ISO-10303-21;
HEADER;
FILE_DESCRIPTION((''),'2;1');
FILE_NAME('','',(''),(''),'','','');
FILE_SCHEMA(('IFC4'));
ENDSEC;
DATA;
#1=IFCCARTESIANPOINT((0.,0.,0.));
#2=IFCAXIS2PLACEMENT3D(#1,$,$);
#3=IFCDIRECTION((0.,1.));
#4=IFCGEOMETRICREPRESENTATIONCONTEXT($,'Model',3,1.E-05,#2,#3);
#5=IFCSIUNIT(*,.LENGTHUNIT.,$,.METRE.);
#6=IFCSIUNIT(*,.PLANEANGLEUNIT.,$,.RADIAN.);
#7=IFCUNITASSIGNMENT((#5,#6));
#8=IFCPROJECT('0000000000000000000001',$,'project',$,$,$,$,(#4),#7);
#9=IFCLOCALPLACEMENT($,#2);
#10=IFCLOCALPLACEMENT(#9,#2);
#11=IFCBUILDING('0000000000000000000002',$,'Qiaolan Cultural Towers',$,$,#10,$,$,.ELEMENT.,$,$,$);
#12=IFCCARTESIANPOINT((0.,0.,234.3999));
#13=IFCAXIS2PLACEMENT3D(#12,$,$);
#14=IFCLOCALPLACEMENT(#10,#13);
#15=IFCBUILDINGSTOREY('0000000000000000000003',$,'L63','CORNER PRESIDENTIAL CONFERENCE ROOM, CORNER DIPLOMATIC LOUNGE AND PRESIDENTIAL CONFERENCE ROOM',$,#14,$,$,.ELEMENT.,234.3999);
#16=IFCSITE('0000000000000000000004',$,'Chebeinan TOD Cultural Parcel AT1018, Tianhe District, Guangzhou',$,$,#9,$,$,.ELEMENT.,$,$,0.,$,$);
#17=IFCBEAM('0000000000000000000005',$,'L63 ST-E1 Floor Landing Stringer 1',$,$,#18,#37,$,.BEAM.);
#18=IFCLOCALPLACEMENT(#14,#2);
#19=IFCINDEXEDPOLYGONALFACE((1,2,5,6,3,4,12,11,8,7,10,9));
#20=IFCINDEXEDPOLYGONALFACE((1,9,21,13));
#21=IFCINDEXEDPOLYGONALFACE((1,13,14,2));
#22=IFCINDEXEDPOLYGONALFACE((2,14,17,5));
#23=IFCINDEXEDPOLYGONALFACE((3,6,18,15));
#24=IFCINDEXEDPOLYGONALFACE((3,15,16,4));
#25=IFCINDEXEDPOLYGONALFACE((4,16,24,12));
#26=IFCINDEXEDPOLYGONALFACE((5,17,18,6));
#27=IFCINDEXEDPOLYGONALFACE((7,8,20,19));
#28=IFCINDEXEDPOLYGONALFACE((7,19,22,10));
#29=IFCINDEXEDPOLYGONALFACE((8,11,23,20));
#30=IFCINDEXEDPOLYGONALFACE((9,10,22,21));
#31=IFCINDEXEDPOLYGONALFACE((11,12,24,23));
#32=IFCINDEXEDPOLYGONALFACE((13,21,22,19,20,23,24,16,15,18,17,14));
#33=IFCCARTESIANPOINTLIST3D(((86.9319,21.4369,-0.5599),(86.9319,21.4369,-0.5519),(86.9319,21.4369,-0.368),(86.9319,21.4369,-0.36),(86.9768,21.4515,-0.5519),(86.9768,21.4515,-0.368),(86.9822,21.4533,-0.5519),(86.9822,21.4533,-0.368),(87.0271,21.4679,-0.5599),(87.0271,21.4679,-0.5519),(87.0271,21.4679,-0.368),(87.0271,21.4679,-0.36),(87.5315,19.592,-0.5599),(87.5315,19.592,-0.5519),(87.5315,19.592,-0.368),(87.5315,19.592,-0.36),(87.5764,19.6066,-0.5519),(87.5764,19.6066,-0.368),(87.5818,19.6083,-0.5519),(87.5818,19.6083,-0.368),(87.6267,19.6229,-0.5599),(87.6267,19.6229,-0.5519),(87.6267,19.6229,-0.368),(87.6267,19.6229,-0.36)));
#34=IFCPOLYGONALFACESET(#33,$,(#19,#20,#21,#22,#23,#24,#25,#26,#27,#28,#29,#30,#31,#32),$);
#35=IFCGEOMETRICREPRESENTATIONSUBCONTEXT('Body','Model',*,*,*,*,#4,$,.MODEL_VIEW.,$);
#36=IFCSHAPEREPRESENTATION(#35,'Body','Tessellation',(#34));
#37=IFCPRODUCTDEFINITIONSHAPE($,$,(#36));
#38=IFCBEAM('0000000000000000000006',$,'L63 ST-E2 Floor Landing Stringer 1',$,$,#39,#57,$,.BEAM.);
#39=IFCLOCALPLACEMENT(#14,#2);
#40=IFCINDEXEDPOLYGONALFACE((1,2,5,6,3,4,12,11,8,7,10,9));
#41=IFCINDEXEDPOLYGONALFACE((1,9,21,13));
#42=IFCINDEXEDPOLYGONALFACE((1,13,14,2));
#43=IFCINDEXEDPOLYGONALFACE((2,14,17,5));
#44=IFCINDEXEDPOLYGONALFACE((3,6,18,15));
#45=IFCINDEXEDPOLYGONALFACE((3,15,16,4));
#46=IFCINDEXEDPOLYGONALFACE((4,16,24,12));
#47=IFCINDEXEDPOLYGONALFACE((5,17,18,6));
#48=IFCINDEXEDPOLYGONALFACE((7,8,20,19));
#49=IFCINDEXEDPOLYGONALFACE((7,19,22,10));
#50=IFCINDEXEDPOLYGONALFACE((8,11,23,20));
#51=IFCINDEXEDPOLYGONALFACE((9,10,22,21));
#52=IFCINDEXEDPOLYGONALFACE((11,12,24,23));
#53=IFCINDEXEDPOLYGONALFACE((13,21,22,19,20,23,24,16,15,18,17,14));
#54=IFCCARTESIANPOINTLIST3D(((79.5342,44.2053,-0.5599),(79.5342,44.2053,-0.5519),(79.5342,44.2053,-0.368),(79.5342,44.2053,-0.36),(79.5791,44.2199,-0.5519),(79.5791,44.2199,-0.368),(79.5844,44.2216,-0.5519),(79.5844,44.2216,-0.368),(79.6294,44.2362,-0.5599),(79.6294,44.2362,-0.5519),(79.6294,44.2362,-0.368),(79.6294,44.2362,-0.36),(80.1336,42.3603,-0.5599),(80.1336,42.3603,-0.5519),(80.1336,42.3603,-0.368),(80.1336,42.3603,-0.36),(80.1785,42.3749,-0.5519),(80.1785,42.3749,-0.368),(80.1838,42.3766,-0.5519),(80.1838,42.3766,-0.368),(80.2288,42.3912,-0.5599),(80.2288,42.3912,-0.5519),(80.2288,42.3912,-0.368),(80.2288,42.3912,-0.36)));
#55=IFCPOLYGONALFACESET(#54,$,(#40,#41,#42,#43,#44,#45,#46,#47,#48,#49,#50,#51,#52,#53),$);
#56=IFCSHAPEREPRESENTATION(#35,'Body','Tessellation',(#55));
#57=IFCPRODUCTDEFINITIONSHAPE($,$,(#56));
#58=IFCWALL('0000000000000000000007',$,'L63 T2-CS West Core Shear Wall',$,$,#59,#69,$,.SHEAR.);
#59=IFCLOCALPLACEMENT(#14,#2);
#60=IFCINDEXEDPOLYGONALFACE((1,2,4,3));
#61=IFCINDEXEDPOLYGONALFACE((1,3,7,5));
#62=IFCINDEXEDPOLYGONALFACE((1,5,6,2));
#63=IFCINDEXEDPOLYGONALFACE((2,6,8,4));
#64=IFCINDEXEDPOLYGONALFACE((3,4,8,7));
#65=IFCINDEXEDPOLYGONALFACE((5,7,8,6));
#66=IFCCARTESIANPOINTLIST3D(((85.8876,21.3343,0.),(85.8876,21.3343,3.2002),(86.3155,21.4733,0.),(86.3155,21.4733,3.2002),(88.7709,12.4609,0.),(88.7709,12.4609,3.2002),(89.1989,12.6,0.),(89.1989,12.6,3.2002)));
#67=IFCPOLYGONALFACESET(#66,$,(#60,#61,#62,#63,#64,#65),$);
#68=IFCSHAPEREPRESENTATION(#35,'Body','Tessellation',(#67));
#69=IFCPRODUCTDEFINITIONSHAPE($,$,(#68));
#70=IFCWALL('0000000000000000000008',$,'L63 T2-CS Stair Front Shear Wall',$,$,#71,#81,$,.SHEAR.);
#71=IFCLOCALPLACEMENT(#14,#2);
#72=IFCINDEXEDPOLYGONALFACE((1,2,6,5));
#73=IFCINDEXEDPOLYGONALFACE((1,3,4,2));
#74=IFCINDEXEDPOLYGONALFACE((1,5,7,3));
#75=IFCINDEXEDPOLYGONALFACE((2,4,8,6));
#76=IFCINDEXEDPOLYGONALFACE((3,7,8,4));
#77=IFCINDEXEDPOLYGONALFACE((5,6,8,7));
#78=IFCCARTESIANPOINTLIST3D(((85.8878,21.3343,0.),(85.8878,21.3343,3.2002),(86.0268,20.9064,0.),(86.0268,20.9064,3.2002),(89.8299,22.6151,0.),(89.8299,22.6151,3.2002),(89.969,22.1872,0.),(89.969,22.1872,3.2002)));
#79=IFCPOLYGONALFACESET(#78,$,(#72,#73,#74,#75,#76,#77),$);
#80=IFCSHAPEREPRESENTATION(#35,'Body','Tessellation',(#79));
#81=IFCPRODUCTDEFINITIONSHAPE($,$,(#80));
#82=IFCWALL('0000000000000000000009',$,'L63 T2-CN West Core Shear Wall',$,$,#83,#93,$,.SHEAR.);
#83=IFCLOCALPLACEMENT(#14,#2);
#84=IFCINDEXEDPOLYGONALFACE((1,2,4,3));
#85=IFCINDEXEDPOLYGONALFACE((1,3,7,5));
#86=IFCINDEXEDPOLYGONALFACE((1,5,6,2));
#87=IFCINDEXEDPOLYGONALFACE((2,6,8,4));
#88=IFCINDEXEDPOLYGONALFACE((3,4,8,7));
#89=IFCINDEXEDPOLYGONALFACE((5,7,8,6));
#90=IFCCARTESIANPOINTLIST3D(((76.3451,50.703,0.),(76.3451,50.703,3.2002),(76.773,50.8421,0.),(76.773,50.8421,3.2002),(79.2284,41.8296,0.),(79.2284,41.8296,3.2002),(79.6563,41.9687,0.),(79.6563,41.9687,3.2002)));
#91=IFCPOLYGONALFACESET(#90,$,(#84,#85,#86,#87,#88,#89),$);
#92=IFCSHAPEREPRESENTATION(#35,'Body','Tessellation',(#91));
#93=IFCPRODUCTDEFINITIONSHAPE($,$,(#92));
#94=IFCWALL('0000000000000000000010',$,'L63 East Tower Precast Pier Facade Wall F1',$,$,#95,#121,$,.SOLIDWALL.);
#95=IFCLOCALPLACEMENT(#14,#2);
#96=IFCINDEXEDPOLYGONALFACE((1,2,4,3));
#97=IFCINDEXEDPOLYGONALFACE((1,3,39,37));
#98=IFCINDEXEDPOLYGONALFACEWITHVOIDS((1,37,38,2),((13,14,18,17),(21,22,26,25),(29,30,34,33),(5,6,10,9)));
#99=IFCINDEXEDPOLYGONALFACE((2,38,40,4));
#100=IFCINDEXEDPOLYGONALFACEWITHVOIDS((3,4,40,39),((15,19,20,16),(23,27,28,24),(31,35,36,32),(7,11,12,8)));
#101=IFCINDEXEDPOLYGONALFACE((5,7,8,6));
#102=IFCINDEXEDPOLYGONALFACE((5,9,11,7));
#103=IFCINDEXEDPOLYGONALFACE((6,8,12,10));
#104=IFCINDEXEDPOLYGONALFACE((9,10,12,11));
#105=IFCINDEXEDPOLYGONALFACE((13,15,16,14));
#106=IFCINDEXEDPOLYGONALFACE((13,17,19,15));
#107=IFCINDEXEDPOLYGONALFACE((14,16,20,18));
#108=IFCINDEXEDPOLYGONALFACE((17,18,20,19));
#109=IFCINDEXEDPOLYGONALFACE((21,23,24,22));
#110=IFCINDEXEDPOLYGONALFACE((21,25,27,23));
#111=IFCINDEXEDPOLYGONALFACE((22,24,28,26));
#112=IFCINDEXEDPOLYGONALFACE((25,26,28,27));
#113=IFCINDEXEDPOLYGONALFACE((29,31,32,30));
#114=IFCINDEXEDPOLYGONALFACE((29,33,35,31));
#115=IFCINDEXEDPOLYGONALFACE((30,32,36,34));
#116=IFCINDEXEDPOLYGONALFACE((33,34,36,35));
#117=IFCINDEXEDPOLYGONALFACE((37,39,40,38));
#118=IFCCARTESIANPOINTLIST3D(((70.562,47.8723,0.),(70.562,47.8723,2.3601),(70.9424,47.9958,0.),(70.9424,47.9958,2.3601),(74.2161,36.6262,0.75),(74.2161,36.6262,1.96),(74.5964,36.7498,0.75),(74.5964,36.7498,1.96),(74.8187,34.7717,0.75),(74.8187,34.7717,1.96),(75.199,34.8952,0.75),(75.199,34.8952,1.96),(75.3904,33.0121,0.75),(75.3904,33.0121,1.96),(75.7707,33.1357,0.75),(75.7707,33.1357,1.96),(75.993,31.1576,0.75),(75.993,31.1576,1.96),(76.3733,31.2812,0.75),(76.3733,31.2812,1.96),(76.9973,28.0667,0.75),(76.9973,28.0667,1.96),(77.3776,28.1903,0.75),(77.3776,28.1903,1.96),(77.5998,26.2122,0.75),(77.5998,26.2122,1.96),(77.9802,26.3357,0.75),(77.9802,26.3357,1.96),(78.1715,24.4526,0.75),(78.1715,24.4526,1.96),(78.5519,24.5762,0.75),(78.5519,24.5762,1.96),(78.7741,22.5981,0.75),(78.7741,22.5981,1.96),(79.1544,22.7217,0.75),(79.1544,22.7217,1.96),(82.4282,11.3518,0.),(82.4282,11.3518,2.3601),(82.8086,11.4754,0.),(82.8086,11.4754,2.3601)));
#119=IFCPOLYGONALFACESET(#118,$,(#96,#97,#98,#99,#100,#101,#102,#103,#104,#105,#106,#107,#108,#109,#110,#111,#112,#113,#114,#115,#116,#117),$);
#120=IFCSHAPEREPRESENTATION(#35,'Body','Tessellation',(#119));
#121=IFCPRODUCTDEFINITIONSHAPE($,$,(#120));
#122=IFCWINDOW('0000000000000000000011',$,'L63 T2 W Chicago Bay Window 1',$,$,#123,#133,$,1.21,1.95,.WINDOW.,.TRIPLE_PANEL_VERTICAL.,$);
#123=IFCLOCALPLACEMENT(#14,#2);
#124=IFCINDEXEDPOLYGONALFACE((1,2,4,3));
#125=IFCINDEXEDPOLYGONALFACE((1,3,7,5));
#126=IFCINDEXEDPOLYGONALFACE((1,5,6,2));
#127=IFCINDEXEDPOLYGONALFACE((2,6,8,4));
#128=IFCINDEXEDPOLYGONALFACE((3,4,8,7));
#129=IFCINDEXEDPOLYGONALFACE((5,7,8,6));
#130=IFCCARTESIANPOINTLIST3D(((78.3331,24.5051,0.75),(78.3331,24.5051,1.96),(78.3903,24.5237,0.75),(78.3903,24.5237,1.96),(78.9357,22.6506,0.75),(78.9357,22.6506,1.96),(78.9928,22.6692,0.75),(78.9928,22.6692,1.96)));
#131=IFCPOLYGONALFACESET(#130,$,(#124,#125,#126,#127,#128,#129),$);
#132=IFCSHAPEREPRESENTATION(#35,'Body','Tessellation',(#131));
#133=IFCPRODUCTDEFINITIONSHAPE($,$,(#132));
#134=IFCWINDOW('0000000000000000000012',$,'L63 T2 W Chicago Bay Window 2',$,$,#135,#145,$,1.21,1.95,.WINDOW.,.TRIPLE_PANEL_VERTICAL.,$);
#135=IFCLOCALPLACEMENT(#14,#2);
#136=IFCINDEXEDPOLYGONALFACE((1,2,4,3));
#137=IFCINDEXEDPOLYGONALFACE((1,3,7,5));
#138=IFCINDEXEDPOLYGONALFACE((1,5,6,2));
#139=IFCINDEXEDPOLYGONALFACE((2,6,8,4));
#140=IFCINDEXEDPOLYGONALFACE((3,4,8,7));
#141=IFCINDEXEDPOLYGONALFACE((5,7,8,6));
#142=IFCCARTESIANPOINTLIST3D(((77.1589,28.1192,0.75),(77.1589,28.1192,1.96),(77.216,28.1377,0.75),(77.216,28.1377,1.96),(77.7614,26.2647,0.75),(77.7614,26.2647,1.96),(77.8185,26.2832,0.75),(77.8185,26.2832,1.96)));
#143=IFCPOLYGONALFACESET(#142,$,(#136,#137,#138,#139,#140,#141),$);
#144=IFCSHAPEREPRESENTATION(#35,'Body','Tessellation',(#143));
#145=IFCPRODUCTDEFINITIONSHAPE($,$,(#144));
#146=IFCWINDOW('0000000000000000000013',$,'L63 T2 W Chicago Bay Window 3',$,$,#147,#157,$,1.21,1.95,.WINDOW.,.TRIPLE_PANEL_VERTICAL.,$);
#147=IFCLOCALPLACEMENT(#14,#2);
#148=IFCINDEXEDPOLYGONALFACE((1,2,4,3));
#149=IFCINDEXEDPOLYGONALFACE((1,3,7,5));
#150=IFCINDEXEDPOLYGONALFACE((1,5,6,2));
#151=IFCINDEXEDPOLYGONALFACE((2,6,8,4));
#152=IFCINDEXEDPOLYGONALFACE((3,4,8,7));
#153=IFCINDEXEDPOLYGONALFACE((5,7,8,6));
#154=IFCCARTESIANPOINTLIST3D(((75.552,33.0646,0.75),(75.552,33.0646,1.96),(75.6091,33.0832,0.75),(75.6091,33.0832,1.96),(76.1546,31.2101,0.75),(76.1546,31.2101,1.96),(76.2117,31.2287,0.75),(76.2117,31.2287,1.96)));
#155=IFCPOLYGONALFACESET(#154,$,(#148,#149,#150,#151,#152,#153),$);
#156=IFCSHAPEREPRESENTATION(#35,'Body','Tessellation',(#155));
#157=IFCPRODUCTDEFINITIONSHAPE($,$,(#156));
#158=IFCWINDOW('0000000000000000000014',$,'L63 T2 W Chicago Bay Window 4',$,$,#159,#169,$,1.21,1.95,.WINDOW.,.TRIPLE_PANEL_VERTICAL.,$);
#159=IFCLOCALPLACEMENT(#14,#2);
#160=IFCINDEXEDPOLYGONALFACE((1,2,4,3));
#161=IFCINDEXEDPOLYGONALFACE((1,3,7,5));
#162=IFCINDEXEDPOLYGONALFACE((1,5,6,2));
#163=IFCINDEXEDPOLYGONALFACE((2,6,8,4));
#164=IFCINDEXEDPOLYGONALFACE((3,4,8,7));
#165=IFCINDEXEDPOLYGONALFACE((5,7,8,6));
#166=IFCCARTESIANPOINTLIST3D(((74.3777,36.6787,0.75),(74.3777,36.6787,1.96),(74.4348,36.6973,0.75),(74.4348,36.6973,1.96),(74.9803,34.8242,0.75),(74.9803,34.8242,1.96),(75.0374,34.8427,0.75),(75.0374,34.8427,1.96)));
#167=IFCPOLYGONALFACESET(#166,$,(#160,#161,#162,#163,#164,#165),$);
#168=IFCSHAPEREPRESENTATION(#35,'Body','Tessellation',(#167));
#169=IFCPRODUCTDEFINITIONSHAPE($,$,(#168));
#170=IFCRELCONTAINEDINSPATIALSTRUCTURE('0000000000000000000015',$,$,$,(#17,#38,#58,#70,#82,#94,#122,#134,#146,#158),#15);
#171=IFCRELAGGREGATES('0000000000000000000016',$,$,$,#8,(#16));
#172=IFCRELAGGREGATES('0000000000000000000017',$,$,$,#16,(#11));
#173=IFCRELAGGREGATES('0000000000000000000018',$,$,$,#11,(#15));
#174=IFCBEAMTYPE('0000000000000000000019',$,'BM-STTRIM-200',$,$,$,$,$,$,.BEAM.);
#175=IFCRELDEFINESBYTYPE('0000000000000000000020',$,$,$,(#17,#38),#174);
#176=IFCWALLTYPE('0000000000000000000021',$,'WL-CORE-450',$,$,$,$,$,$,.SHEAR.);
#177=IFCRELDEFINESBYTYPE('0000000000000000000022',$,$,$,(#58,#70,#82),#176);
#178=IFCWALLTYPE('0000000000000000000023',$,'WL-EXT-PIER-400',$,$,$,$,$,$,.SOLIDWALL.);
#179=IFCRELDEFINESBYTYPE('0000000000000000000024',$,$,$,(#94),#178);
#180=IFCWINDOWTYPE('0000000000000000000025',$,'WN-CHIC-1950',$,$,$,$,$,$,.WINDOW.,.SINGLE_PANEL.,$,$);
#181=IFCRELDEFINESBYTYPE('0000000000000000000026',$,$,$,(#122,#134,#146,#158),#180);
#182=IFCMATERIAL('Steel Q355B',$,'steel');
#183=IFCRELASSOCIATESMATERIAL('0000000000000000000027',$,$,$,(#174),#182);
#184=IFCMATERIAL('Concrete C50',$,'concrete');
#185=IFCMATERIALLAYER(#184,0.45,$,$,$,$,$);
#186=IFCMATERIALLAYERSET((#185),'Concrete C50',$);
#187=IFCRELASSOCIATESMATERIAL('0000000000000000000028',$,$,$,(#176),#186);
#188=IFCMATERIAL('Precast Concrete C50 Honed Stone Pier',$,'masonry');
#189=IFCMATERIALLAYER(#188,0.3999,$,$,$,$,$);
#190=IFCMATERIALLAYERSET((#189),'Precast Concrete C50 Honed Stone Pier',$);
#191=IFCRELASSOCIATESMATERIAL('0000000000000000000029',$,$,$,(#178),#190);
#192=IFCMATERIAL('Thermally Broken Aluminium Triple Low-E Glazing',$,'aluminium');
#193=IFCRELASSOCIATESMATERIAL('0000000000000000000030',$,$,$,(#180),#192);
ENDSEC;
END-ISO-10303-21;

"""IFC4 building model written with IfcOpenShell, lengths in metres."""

from ifc_helpers import new_model, si_unit, direction, frame, frame_2d, origin, origin_2d, place, context, subcontext, project, spatial, rectangle, i_section, extrude, material, layer, layer_set, material_profile, profile_set, type_object, element, fill, save


model = new_model("IFC4")

# Units and contexts
model_context = context("Model", 3, precision=1e-05, world=origin(), true_north=direction((0.0, 1.0)))
body_context = subcontext(model_context, "Body", "Model", "MODEL_VIEW")
ifc_project = project(units=[si_unit("LENGTHUNIT", "METRE"), si_unit("PLANEANGLEUNIT", "RADIAN")], contexts=[model_context])

# Site, building, storey
site_placement = place(None, origin())
site = spatial("IfcSite", under=ifc_project, at=site_placement, Name="Chebeinan TOD Cultural Parcel AT1018, Tianhe District, Guangzhou", CompositionType="ELEMENT", RefElevation=0.0)
building_placement = place(site_placement, origin())
building = spatial("IfcBuilding", under=site, at=building_placement, Name="Qiaolan Cultural Towers", CompositionType="ELEMENT")
storey_placement = place(building_placement, frame((0.0, 0.0, 234.3999)))
storey = spatial("IfcBuildingStorey", under=building, at=storey_placement, Name="L63", Description="CORNER PRESIDENTIAL CONFERENCE ROOM, CORNER DIPLOMATIC LOUNGE AND PRESIDENTIAL CONFERENCE ROOM", CompositionType="ELEMENT", Elevation=234.3999)

# Beams
ifc_material_1 = material(Name="Steel Q355B", Category="steel")
ifc_material_profile_1 = material_profile(ifc_material_1, i_section(OverallWidth=0.1001, OverallDepth=0.2, WebThickness=0.0056, FlangeThickness=0.0081, at=origin_2d()), Name="HN200x100x5.5x8")
ifc_profile_set_1 = profile_set([ifc_material_profile_1], Name="Steel Q355B")
beam_type_1 = type_object("IfcBeamType", Name="BM-STTRIM-200", PredefinedType="BEAM", material=ifc_profile_set_1)
for number, where, z_axis, x_axis, name in (
    (1, (86.9795, 21.4524, -0.46), (0.309083, -0.951035, 0.0), (0.951035, 0.309083, 0.0), "L63 ST-E1 Floor Landing Stringer 1"),
    (2, (80.1812, 42.3757, -0.46), (-0.308969, 0.951072, 0.0), (-0.951072, -0.308969, 0.0), "L63 ST-E2 Floor Landing Stringer 1"),
):
    element("IfcBeam", number, at=place(storey_placement, frame(where, z_axis=z_axis, x_axis=x_axis)), inside=storey, type_object=beam_type_1, Name=name, PredefinedType="BEAM", context=body_context, shape_type="SweptSolid", body=[
        extrude(i_section(OverallWidth=0.1001, OverallDepth=0.2, WebThickness=0.0056, FlangeThickness=0.0081, at=origin_2d()), origin(), (0.0, 0.0, 1.0), 1.9399),
    ])

# Walls
ifc_material_2 = material(Name="Concrete C50", Category="concrete")
ifc_layer_1 = layer(ifc_material_2, 0.45)
ifc_layer_set_1 = layer_set([ifc_layer_1], Name="Concrete C50")
wall_type_1 = type_object("IfcWallType", Name="WL-CORE-450", PredefinedType="SHEAR", material=ifc_layer_set_1)
wall_1_placement = place(storey_placement, frame((86.1016, 21.4038, 0.0), z_axis=(0.0, 0.0, 1.0), x_axis=(0.309036, -0.95105, 0.0)))
element("IfcWall", 3, at=wall_1_placement, inside=storey, type_object=wall_type_1, Name="L63 T2-CS West Core Shear Wall", PredefinedType="SHEAR", context=body_context, shape_type="SweptSolid", body=[
    extrude(rectangle(XDim=9.3301, YDim=0.45, at=frame_2d((4.665, 0.0))), origin(), (0.0, 0.0, 1.0), 3.2002),
])
wall_2_placement = place(storey_placement, frame((85.9573, 21.1204, 0.0), z_axis=(0.0, 0.0, 1.0), x_axis=(0.951065, 0.308992, 0.0)))
element("IfcWall", 4, at=wall_2_placement, inside=storey, type_object=wall_type_1, Name="L63 T2-CS Stair Front Shear Wall", PredefinedType="SHEAR", context=body_context, shape_type="SweptSolid", body=[
    extrude(rectangle(XDim=4.145, YDim=0.45, at=frame_2d((2.0725, 0.0))), origin(), (0.0, 0.0, 1.0), 3.2002),
])
wall_3_placement = place(storey_placement, frame((79.4424, 41.8992, 0.0), z_axis=(0.0, 0.0, 1.0), x_axis=(-0.309036, 0.95105, 0.0)))
element("IfcWall", 5, at=wall_3_placement, inside=storey, type_object=wall_type_1, Name="L63 T2-CN West Core Shear Wall", PredefinedType="SHEAR", context=body_context, shape_type="SweptSolid", body=[
    extrude(rectangle(XDim=9.3301, YDim=0.45, at=frame_2d((4.665, 0.0))), origin(), (0.0, 0.0, 1.0), 3.2002),
])

# Wall, openings, windows
ifc_material_3 = material(Name="Precast Concrete C50 Honed Stone Pier", Category="masonry")
ifc_layer_2 = layer(ifc_material_3, 0.3999)
ifc_layer_set_2 = layer_set([ifc_layer_2], Name="Precast Concrete C50 Honed Stone Pier")
wall_type_2 = type_object("IfcWallType", Name="WL-EXT-PIER-400", PredefinedType="SOLIDWALL", material=ifc_layer_set_2)
wall_4_placement = place(storey_placement, frame((82.6184, 11.4136, 0.0), z_axis=(0.0, 0.0, 1.0), x_axis=(-0.309016, 0.951057, 0.0)))
wall_4 = element("IfcWall", 6, at=wall_4_placement, inside=storey, type_object=wall_type_2, Name="L63 East Tower Precast Pier Facade Wall F1", PredefinedType="SOLIDWALL", context=body_context, shape_type="SweptSolid", body=[
    extrude(rectangle(XDim=38.3999, YDim=0.3999, at=frame_2d((19.2, 0.0))), origin(), (0.0, 0.0, 1.0), 2.3601),
])
opening_1_placement = place(wall_4_placement, frame((11.825, 0.0, 0.75)))
opening_1 = element("IfcOpeningElement", 7, at=opening_1_placement, cuts=wall_4, PredefinedType="OPENING", context=body_context, shape_type="SweptSolid", body=[
    extrude(rectangle(XDim=1.95, YDim=1.21, at=frame_2d((0.9751, 0.605))), frame((0.0, 0.21, 0.0), z_axis=(0.0, -1.0, 0.0), x_axis=(1.0, 0.0, 0.0)), (0.0, 0.0, 1.0), 0.4199),
])
opening_2_placement = place(wall_4_placement, frame((15.625, 0.0, 0.75)))
opening_2 = element("IfcOpeningElement", 8, at=opening_2_placement, cuts=wall_4, PredefinedType="OPENING", context=body_context, shape_type="SweptSolid", body=[
    extrude(rectangle(XDim=1.95, YDim=1.21, at=frame_2d((0.9751, 0.605))), frame((0.0, 0.21, 0.0), z_axis=(0.0, -1.0, 0.0), x_axis=(1.0, 0.0, 0.0)), (0.0, 0.0, 1.0), 0.4199),
])
opening_3_placement = place(wall_4_placement, frame((20.825, 0.0, 0.75)))
opening_3 = element("IfcOpeningElement", 9, at=opening_3_placement, cuts=wall_4, PredefinedType="OPENING", context=body_context, shape_type="SweptSolid", body=[
    extrude(rectangle(XDim=1.95, YDim=1.21, at=frame_2d((0.9751, 0.605))), frame((0.0, 0.21, 0.0), z_axis=(0.0, -1.0, 0.0), x_axis=(1.0, 0.0, 0.0)), (0.0, 0.0, 1.0), 0.4199),
])
opening_4_placement = place(wall_4_placement, frame((24.625, 0.0, 0.75)))
opening_4 = element("IfcOpeningElement", 10, at=opening_4_placement, cuts=wall_4, PredefinedType="OPENING", context=body_context, shape_type="SweptSolid", body=[
    extrude(rectangle(XDim=1.95, YDim=1.21, at=frame_2d((0.9751, 0.605))), frame((0.0, 0.21, 0.0), z_axis=(0.0, -1.0, 0.0), x_axis=(1.0, 0.0, 0.0)), (0.0, 0.0, 1.0), 0.4199),
])
ifc_material_4 = material(Name="Thermally Broken Aluminium Triple Low-E Glazing", Category="aluminium")
window_type = type_object("IfcWindowType", Name="WN-CHIC-1950", PartitioningType="SINGLE_PANEL", PredefinedType="WINDOW", material=ifc_material_4)
window_1_placement = place(opening_1_placement, origin())
window_1 = element("IfcWindow", 11, at=window_1_placement, inside=storey, type_object=window_type, Name="L63 T2 W Chicago Bay Window 1", OverallHeight=1.21, OverallWidth=1.95, PartitioningType="TRIPLE_PANEL_VERTICAL", PredefinedType="WINDOW", context=body_context, shape_type="SweptSolid", body=[
    extrude(rectangle(XDim=1.95, YDim=1.21, at=frame_2d((0.9751, 0.605))), frame((0.0, 0.03, 0.0), z_axis=(0.0, -1.0, 0.0), x_axis=(1.0, 0.0, 0.0)), (0.0, 0.0, 1.0), 0.0601),
])
fill(opening_1, window_1)
window_2_placement = place(opening_2_placement, origin())
window_2 = element("IfcWindow", 12, at=window_2_placement, inside=storey, type_object=window_type, Name="L63 T2 W Chicago Bay Window 2", OverallHeight=1.21, OverallWidth=1.95, PartitioningType="TRIPLE_PANEL_VERTICAL", PredefinedType="WINDOW", context=body_context, shape_type="SweptSolid", body=[
    extrude(rectangle(XDim=1.95, YDim=1.21, at=frame_2d((0.9751, 0.605))), frame((0.0, 0.03, 0.0), z_axis=(0.0, -1.0, 0.0), x_axis=(1.0, 0.0, 0.0)), (0.0, 0.0, 1.0), 0.0601),
])
fill(opening_2, window_2)
window_3_placement = place(opening_3_placement, origin())
window_3 = element("IfcWindow", 13, at=window_3_placement, inside=storey, type_object=window_type, Name="L63 T2 W Chicago Bay Window 3", OverallHeight=1.21, OverallWidth=1.95, PartitioningType="TRIPLE_PANEL_VERTICAL", PredefinedType="WINDOW", context=body_context, shape_type="SweptSolid", body=[
    extrude(rectangle(XDim=1.95, YDim=1.21, at=frame_2d((0.9751, 0.605))), frame((0.0, 0.03, 0.0), z_axis=(0.0, -1.0, 0.0), x_axis=(1.0, 0.0, 0.0)), (0.0, 0.0, 1.0), 0.0601),
])
fill(opening_3, window_3)
window_4_placement = place(opening_4_placement, origin())
window_4 = element("IfcWindow", 14, at=window_4_placement, inside=storey, type_object=window_type, Name="L63 T2 W Chicago Bay Window 4", OverallHeight=1.21, OverallWidth=1.95, PartitioningType="TRIPLE_PANEL_VERTICAL", PredefinedType="WINDOW", context=body_context, shape_type="SweptSolid", body=[
    extrude(rectangle(XDim=1.95, YDim=1.21, at=frame_2d((0.9751, 0.605))), frame((0.0, 0.03, 0.0), z_axis=(0.0, -1.0, 0.0), x_axis=(1.0, 0.0, 0.0)), (0.0, 0.0, 1.0), 0.0601),
])
fill(opening_4, window_4)

save(model, "model.ifc")
